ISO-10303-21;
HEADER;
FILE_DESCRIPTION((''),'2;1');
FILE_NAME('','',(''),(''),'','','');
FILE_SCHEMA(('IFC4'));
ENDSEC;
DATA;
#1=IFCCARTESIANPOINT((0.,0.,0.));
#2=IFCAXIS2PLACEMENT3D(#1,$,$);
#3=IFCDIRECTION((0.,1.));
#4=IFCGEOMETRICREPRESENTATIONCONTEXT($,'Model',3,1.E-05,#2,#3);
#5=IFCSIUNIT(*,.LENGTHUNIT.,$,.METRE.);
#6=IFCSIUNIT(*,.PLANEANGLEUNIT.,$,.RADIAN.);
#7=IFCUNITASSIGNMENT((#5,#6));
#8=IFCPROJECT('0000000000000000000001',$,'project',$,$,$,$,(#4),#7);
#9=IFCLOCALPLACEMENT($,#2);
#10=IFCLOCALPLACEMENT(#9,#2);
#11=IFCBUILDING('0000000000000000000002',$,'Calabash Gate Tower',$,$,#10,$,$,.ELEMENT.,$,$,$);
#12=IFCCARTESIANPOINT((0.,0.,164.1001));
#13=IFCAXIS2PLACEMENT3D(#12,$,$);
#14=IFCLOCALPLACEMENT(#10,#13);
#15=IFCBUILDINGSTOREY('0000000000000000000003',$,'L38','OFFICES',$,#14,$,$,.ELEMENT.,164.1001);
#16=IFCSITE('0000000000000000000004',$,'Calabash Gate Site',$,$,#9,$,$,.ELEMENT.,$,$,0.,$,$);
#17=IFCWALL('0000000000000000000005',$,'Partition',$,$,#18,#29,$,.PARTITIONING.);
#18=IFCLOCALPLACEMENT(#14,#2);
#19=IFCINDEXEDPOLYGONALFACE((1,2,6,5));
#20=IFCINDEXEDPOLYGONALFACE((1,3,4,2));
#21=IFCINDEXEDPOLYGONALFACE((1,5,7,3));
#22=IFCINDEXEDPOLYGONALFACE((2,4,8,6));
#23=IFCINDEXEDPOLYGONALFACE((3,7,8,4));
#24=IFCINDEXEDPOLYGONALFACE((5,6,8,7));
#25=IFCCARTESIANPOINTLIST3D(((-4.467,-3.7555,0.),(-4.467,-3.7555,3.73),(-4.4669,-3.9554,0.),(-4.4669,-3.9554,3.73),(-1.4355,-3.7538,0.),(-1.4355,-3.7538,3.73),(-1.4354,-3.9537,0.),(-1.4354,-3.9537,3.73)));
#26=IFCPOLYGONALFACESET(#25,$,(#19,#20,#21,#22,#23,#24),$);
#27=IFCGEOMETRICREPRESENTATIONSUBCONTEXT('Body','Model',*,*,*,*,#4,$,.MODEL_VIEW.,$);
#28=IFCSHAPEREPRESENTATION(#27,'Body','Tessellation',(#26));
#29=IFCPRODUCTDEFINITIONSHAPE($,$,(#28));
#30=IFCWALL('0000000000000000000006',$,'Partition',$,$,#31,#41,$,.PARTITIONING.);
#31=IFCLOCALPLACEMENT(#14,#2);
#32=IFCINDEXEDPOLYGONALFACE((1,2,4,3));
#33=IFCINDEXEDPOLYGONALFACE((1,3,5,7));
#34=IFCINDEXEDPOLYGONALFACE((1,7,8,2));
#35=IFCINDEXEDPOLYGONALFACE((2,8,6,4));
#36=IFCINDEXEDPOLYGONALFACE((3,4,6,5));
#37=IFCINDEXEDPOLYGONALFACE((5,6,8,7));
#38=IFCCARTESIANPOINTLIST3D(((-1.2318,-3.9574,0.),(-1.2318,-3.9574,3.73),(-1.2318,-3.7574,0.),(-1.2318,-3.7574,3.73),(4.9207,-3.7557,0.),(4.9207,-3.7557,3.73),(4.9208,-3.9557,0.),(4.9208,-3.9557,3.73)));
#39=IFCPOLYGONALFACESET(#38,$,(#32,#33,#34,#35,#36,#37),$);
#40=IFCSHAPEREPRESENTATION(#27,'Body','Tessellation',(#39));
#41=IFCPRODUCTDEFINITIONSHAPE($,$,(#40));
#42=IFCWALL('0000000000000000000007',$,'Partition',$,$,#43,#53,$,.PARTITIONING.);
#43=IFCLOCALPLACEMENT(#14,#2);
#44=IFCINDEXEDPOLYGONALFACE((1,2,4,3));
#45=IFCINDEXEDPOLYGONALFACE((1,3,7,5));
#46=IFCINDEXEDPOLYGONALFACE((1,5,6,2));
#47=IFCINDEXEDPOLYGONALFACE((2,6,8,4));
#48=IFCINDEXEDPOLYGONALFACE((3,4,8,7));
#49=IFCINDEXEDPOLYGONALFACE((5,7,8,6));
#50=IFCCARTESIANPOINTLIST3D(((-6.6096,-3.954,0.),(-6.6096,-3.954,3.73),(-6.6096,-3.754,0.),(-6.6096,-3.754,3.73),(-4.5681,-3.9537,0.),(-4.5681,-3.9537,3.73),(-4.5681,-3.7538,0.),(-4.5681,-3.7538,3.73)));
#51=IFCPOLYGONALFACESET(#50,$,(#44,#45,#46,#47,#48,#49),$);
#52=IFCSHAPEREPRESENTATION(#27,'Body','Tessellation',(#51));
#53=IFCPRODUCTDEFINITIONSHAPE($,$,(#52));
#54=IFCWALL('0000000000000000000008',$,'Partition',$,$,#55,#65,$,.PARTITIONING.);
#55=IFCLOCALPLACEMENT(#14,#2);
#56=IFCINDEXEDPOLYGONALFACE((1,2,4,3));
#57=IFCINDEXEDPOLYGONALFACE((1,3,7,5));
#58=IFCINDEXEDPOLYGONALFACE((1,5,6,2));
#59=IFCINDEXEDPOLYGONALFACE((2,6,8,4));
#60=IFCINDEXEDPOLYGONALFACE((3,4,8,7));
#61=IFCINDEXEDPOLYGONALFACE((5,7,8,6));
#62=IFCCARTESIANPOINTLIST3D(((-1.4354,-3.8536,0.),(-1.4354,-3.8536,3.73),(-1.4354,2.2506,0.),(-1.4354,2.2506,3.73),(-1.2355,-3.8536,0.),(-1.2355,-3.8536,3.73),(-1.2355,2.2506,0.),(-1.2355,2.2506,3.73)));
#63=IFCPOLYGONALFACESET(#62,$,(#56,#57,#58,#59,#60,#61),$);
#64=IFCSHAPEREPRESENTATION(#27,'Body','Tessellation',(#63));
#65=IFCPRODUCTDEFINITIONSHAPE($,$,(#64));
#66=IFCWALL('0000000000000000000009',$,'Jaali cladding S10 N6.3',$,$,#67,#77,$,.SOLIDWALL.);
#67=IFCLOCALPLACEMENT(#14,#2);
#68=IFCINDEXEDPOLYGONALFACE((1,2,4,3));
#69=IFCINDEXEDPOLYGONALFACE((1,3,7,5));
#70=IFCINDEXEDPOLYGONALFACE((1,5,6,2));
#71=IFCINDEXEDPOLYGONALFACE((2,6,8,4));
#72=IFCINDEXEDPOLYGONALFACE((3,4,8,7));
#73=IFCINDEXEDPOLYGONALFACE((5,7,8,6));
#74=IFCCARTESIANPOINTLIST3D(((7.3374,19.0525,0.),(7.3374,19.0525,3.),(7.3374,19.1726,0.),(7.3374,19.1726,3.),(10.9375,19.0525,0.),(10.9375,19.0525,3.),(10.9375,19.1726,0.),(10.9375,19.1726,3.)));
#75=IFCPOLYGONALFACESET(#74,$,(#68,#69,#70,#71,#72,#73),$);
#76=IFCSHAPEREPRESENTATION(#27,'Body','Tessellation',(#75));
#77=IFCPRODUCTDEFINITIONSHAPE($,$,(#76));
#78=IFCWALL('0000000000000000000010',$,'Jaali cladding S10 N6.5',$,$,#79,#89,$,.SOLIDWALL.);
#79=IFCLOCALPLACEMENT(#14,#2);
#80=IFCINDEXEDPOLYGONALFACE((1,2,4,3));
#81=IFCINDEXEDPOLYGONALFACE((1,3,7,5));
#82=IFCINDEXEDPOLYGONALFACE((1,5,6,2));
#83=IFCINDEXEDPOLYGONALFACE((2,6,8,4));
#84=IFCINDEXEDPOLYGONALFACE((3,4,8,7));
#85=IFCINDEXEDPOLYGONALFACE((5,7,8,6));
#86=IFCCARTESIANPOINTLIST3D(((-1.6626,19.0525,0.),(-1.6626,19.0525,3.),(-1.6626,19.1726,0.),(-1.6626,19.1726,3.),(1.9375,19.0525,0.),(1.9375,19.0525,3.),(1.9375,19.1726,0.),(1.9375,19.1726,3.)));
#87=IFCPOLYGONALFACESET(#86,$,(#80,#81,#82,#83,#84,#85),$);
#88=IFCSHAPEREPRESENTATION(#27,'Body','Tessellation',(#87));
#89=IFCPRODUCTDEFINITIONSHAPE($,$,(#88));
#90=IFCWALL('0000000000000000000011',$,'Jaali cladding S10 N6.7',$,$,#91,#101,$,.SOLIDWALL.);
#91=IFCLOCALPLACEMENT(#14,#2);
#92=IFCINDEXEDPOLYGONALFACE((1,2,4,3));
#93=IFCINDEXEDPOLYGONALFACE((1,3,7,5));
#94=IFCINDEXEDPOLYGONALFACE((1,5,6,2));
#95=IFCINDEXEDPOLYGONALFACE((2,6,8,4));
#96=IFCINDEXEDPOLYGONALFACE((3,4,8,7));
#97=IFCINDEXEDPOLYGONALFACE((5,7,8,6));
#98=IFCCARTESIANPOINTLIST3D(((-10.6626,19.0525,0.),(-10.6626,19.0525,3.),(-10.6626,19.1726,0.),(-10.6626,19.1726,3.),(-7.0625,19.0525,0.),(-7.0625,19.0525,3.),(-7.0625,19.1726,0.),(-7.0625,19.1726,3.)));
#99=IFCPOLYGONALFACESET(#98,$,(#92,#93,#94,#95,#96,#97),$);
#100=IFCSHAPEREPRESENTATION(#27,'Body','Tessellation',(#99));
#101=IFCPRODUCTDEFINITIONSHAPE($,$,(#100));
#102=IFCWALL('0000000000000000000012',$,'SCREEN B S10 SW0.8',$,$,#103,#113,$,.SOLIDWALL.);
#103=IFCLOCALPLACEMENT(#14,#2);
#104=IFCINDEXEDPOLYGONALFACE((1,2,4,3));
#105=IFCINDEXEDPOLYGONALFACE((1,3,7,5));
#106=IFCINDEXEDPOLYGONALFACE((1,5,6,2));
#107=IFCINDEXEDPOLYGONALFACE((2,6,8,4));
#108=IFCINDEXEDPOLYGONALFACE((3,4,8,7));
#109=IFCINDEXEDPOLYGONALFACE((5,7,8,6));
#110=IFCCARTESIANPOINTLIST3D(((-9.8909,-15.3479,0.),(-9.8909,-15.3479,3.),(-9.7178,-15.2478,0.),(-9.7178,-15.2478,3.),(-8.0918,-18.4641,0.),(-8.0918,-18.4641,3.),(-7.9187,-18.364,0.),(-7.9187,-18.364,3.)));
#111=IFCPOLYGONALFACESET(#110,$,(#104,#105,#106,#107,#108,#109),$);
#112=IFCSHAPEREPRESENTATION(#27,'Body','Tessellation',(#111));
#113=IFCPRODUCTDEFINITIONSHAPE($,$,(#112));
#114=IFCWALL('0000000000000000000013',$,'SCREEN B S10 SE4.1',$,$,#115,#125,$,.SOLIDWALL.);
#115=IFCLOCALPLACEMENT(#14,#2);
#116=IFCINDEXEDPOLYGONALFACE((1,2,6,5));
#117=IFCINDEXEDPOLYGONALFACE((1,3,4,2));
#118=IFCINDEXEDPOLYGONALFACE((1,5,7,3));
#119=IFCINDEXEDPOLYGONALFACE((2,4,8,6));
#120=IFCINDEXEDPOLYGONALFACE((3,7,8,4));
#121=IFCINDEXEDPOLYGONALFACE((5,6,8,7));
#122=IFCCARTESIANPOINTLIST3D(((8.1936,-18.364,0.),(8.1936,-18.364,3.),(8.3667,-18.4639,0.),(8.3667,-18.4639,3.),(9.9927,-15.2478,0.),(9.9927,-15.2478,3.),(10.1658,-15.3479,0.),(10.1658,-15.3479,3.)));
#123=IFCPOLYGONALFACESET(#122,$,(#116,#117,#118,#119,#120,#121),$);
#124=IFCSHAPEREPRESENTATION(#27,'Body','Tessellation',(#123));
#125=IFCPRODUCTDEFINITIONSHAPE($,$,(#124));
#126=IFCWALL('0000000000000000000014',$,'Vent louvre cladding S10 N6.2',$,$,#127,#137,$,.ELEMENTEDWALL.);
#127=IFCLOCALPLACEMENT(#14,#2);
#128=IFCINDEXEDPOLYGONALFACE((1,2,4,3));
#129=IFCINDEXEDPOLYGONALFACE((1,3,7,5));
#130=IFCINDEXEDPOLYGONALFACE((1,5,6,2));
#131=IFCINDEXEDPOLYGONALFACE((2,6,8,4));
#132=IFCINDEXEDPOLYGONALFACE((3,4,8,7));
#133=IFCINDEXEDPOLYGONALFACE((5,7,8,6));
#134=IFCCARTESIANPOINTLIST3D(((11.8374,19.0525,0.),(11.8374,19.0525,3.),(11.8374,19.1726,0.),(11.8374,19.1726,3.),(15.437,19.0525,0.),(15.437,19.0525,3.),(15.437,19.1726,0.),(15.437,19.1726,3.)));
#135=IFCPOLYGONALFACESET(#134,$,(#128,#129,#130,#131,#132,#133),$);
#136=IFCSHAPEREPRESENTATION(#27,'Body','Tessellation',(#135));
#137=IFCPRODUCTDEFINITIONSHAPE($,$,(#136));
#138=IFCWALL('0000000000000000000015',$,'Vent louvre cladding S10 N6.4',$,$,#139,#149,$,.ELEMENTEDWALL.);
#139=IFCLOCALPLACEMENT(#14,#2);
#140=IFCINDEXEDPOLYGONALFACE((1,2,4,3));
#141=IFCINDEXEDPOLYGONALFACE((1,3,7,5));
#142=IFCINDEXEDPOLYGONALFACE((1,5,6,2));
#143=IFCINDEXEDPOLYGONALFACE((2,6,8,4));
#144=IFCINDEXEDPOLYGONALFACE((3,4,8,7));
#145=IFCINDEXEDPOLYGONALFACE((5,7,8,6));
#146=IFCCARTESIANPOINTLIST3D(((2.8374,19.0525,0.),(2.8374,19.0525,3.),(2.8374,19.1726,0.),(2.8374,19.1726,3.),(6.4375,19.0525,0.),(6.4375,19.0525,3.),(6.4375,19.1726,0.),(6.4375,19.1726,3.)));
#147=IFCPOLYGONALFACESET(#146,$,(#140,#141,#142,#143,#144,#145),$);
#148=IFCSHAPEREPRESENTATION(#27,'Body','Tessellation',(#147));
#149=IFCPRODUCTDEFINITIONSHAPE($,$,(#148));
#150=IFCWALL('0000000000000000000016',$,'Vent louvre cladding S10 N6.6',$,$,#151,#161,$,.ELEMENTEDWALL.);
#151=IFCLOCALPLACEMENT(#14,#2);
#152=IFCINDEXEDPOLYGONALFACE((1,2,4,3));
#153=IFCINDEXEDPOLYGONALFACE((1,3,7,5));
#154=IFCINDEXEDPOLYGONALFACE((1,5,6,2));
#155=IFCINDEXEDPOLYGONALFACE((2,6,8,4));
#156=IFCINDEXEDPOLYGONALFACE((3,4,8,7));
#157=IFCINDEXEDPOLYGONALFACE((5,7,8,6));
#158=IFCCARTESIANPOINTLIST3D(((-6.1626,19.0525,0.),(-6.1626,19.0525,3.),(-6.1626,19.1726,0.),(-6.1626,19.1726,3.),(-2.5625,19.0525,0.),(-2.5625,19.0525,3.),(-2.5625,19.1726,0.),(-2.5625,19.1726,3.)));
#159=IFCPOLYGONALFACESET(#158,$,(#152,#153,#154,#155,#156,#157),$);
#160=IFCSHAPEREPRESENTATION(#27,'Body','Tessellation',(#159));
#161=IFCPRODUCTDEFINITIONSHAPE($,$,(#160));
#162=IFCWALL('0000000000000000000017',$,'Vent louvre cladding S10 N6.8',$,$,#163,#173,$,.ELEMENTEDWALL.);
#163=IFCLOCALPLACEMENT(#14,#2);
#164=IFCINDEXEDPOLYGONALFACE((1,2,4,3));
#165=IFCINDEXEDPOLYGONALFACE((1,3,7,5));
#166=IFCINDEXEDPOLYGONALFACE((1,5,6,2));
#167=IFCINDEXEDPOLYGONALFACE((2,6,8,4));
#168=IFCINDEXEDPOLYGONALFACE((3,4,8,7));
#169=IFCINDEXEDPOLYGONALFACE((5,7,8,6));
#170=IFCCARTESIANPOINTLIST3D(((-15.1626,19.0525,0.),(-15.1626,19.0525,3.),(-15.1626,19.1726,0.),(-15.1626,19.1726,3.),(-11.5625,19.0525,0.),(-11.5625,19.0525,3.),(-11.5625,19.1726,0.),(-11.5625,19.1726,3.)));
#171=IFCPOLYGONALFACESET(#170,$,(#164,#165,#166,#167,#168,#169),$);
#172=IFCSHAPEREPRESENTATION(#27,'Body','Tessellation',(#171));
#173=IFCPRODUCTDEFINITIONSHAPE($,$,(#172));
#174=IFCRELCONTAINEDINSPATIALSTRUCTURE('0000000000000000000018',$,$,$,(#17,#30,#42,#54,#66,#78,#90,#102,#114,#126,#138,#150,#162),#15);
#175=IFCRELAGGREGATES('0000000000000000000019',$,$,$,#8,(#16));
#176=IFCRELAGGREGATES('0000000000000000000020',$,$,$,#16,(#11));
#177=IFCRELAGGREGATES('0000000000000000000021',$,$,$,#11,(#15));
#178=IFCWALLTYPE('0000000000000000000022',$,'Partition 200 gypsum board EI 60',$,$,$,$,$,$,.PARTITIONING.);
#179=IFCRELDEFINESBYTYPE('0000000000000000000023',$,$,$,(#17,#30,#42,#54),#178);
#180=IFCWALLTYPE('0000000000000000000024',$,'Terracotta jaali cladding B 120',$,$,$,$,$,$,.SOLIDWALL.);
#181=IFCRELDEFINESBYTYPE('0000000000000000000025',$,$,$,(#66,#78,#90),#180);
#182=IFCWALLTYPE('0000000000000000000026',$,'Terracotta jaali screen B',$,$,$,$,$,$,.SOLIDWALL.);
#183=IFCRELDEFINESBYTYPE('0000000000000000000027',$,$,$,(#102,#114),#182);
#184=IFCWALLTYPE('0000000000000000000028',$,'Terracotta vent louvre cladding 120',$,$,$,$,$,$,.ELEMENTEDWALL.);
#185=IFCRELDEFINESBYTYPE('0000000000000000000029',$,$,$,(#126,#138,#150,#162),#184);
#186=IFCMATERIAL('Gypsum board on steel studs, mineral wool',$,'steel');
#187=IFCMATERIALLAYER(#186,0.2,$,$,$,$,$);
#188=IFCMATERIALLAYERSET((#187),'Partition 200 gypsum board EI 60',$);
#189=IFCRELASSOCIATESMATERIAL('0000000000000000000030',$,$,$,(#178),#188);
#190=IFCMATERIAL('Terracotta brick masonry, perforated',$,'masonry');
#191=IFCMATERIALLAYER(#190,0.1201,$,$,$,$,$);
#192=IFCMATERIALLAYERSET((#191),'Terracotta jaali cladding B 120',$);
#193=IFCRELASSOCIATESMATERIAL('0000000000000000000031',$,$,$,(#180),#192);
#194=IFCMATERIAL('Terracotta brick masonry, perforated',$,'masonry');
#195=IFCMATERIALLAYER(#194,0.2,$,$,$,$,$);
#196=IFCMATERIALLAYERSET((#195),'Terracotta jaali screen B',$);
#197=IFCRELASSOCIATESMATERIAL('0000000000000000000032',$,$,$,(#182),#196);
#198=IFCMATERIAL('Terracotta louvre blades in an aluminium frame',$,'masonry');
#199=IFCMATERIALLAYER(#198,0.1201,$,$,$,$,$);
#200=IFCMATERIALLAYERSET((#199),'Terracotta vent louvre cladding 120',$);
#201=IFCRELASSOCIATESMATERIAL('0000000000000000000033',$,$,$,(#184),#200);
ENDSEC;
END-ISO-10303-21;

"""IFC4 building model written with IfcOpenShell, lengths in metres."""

from ifc_helpers import new_model, si_unit, direction, frame, frame_2d, origin, place, context, subcontext, project, spatial, polyline, rectangle, outline, extrude, material, layer, layer_set, type_object, element, save


model = new_model("IFC4")

# Units and contexts
model_context = context("Model", 3, precision=1e-05, world=origin(), true_north=direction((0.0, 1.0)))
body_context = subcontext(model_context, "Body", "Model", "MODEL_VIEW")
ifc_project = project(units=[si_unit("LENGTHUNIT", "METRE"), si_unit("PLANEANGLEUNIT", "RADIAN")], contexts=[model_context])

# Site, building, storey
site_placement = place(None, origin())
site = spatial("IfcSite", under=ifc_project, at=site_placement, Name="Calabash Gate Site", CompositionType="ELEMENT", RefElevation=0.0)
building_placement = place(site_placement, origin())
building = spatial("IfcBuilding", under=site, at=building_placement, Name="Calabash Gate Tower", CompositionType="ELEMENT")
storey_placement = place(building_placement, frame((0.0, 0.0, 164.1001)))
storey = spatial("IfcBuildingStorey", under=building, at=storey_placement, Name="L38", Description="OFFICES", CompositionType="ELEMENT", Elevation=164.1001)

# Walls
ifc_material_1 = material(Name="Gypsum board on steel studs, mineral wool", Category="steel")
ifc_layer_1 = layer(ifc_material_1, 0.2)
ifc_layer_set_1 = layer_set([ifc_layer_1], Name="Partition 200 gypsum board EI 60")
wall_type_1 = type_object("IfcWallType", Name="Partition 200 gypsum board EI 60", PredefinedType="PARTITIONING", material=ifc_layer_set_1)
wall_1_placement = place(storey_placement, frame((-4.4668, -3.8555, 0.0), z_axis=(0.0, 0.0, 1.0), x_axis=(1.0, 0.000564, 0.0)))
element("IfcWall", 1, at=wall_1_placement, inside=storey, type_object=wall_type_1, Name="Partition", PredefinedType="PARTITIONING", context=body_context, shape_type="SweptSolid", body=[
    extrude(rectangle(XDim=3.0315, YDim=0.2, at=frame_2d((1.5156, 0.0))), origin(), (0.0, 0.0, 1.0), 3.73),
])
wall_2_placement = place(storey_placement, frame((-1.2317, -3.8574, 0.0), z_axis=(0.0, 0.0, 1.0), x_axis=(1.0, 0.000278, 0.0)))
element("IfcWall", 2, at=wall_2_placement, inside=storey, type_object=wall_type_1, Name="Partition", PredefinedType="PARTITIONING", context=body_context, shape_type="SweptSolid", body=[
    extrude(rectangle(XDim=6.1526, YDim=0.2, at=frame_2d((3.0762, 0.0))), origin(), (0.0, 0.0, 1.0), 3.73),
])
wall_3_placement = place(storey_placement, frame((-6.6096, -3.854, 0.0), z_axis=(0.0, 0.0, 1.0), x_axis=(1.0, 0.00012, 0.0)))
element("IfcWall", 3, at=wall_3_placement, inside=storey, type_object=wall_type_1, Name="Partition", PredefinedType="PARTITIONING", context=body_context, shape_type="SweptSolid", body=[
    extrude(rectangle(XDim=2.0415, YDim=0.2, at=frame_2d((1.0208, 0.0))), origin(), (0.0, 0.0, 1.0), 3.73),
])
wall_4_placement = place(storey_placement, frame((-1.3354, -3.8538, 0.0), z_axis=(0.0, 0.0, 1.0), x_axis=(0.0, 1.0, 0.0)))
element("IfcWall", 4, at=wall_4_placement, inside=storey, type_object=wall_type_1, Name="Partition", PredefinedType="PARTITIONING", context=body_context, shape_type="SweptSolid", body=[
    extrude(rectangle(XDim=6.1042, YDim=0.2, at=frame_2d((3.0522, 0.0))), origin(), (0.0, 0.0, 1.0), 3.73),
])
ifc_material_2 = material(Name="Terracotta brick masonry, perforated", Category="masonry")
ifc_layer_2 = layer(ifc_material_2, 0.1201)
ifc_layer_set_2 = layer_set([ifc_layer_2], Name="Terracotta jaali cladding B 120")
wall_type_2 = type_object("IfcWallType", Name="Terracotta jaali cladding B 120", PredefinedType="SOLIDWALL", material=ifc_layer_set_2)
wall_5_placement = place(storey_placement, origin())
element("IfcWall", 5, at=wall_5_placement, inside=storey, type_object=wall_type_2, Name="Jaali cladding S10 N6.3", PredefinedType="SOLIDWALL", context=body_context, shape_type="SweptSolid", body=[
    extrude(outline(polyline([(7.3374, 19.1726), (7.3374, 19.0525), (10.9375, 19.0525), (10.9375, 19.1726), (7.3374, 19.1726)])), origin(), (0.0, 0.0, 1.0), 3.0),
])
wall_6_placement = place(storey_placement, origin())
element("IfcWall", 6, at=wall_6_placement, inside=storey, type_object=wall_type_2, Name="Jaali cladding S10 N6.5", PredefinedType="SOLIDWALL", context=body_context, shape_type="SweptSolid", body=[
    extrude(outline(polyline([(-1.6626, 19.1726), (-1.6626, 19.0525), (1.9375, 19.0525), (1.9375, 19.1726), (-1.6626, 19.1726)])), origin(), (0.0, 0.0, 1.0), 3.0),
])
wall_7_placement = place(storey_placement, origin())
element("IfcWall", 7, at=wall_7_placement, inside=storey, type_object=wall_type_2, Name="Jaali cladding S10 N6.7", PredefinedType="SOLIDWALL", context=body_context, shape_type="SweptSolid", body=[
    extrude(outline(polyline([(-10.6626, 19.1726), (-10.6626, 19.0525), (-7.0625, 19.0525), (-7.0625, 19.1726), (-10.6626, 19.1726)])), origin(), (0.0, 0.0, 1.0), 3.0),
])
ifc_material_3 = material(Name="Terracotta brick masonry, perforated", Category="masonry")
ifc_layer_3 = layer(ifc_material_3, 0.2)
ifc_layer_set_3 = layer_set([ifc_layer_3], Name="Terracotta jaali screen B")
wall_type_3 = type_object("IfcWallType", Name="Terracotta jaali screen B", PredefinedType="SOLIDWALL", material=ifc_layer_set_3)
wall_8_placement = place(storey_placement, origin())
element("IfcWall", 8, at=wall_8_placement, inside=storey, type_object=wall_type_3, Name="SCREEN B S10 SW0.8", PredefinedType="SOLIDWALL", context=body_context, shape_type="SweptSolid", body=[
    extrude(outline(polyline([(-9.8909, -15.3479), (-8.0918, -18.4641), (-7.9187, -18.364), (-9.7178, -15.2478), (-9.8909, -15.3479)])), origin(), (0.0, 0.0, 1.0), 3.0),
])
wall_9_placement = place(storey_placement, origin())
element("IfcWall", 9, at=wall_9_placement, inside=storey, type_object=wall_type_3, Name="SCREEN B S10 SE4.1", PredefinedType="SOLIDWALL", context=body_context, shape_type="SweptSolid", body=[
    extrude(outline(polyline([(9.9927, -15.2478), (8.1936, -18.364), (8.3667, -18.4639), (10.1658, -15.3479), (9.9927, -15.2478)])), origin(), (0.0, 0.0, 1.0), 3.0),
])
ifc_material_4 = material(Name="Terracotta louvre blades in an aluminium frame", Category="masonry")
ifc_layer_4 = layer(ifc_material_4, 0.1201)
ifc_layer_set_4 = layer_set([ifc_layer_4], Name="Terracotta vent louvre cladding 120")
wall_type_4 = type_object("IfcWallType", Name="Terracotta vent louvre cladding 120", PredefinedType="ELEMENTEDWALL", material=ifc_layer_set_4)
wall_10_placement = place(storey_placement, origin())
element("IfcWall", 10, at=wall_10_placement, inside=storey, type_object=wall_type_4, Name="Vent louvre cladding S10 N6.2", PredefinedType="ELEMENTEDWALL", context=body_context, shape_type="SweptSolid", body=[
    extrude(outline(polyline([(11.8374, 19.1726), (11.8374, 19.0525), (15.437, 19.0525), (15.437, 19.1726), (11.8374, 19.1726)])), origin(), (0.0, 0.0, 1.0), 3.0),
])
wall_11_placement = place(storey_placement, origin())
element("IfcWall", 11, at=wall_11_placement, inside=storey, type_object=wall_type_4, Name="Vent louvre cladding S10 N6.4", PredefinedType="ELEMENTEDWALL", context=body_context, shape_type="SweptSolid", body=[
    extrude(outline(polyline([(2.8374, 19.1726), (2.8374, 19.0525), (6.4375, 19.0525), (6.4375, 19.1726), (2.8374, 19.1726)])), origin(), (0.0, 0.0, 1.0), 3.0),
])
wall_12_placement = place(storey_placement, origin())
element("IfcWall", 12, at=wall_12_placement, inside=storey, type_object=wall_type_4, Name="Vent louvre cladding S10 N6.6", PredefinedType="ELEMENTEDWALL", context=body_context, shape_type="SweptSolid", body=[
    extrude(outline(polyline([(-6.1626, 19.1726), (-6.1626, 19.0525), (-2.5625, 19.0525), (-2.5625, 19.1726), (-6.1626, 19.1726)])), origin(), (0.0, 0.0, 1.0), 3.0),
])
wall_13_placement = place(storey_placement, origin())
element("IfcWall", 13, at=wall_13_placement, inside=storey, type_object=wall_type_4, Name="Vent louvre cladding S10 N6.8", PredefinedType="ELEMENTEDWALL", context=body_context, shape_type="SweptSolid", body=[
    extrude(outline(polyline([(-15.1626, 19.1726), (-15.1626, 19.0525), (-11.5625, 19.0525), (-11.5625, 19.1726), (-15.1626, 19.1726)])), origin(), (0.0, 0.0, 1.0), 3.0),
])

save(model, "model.ifc")
